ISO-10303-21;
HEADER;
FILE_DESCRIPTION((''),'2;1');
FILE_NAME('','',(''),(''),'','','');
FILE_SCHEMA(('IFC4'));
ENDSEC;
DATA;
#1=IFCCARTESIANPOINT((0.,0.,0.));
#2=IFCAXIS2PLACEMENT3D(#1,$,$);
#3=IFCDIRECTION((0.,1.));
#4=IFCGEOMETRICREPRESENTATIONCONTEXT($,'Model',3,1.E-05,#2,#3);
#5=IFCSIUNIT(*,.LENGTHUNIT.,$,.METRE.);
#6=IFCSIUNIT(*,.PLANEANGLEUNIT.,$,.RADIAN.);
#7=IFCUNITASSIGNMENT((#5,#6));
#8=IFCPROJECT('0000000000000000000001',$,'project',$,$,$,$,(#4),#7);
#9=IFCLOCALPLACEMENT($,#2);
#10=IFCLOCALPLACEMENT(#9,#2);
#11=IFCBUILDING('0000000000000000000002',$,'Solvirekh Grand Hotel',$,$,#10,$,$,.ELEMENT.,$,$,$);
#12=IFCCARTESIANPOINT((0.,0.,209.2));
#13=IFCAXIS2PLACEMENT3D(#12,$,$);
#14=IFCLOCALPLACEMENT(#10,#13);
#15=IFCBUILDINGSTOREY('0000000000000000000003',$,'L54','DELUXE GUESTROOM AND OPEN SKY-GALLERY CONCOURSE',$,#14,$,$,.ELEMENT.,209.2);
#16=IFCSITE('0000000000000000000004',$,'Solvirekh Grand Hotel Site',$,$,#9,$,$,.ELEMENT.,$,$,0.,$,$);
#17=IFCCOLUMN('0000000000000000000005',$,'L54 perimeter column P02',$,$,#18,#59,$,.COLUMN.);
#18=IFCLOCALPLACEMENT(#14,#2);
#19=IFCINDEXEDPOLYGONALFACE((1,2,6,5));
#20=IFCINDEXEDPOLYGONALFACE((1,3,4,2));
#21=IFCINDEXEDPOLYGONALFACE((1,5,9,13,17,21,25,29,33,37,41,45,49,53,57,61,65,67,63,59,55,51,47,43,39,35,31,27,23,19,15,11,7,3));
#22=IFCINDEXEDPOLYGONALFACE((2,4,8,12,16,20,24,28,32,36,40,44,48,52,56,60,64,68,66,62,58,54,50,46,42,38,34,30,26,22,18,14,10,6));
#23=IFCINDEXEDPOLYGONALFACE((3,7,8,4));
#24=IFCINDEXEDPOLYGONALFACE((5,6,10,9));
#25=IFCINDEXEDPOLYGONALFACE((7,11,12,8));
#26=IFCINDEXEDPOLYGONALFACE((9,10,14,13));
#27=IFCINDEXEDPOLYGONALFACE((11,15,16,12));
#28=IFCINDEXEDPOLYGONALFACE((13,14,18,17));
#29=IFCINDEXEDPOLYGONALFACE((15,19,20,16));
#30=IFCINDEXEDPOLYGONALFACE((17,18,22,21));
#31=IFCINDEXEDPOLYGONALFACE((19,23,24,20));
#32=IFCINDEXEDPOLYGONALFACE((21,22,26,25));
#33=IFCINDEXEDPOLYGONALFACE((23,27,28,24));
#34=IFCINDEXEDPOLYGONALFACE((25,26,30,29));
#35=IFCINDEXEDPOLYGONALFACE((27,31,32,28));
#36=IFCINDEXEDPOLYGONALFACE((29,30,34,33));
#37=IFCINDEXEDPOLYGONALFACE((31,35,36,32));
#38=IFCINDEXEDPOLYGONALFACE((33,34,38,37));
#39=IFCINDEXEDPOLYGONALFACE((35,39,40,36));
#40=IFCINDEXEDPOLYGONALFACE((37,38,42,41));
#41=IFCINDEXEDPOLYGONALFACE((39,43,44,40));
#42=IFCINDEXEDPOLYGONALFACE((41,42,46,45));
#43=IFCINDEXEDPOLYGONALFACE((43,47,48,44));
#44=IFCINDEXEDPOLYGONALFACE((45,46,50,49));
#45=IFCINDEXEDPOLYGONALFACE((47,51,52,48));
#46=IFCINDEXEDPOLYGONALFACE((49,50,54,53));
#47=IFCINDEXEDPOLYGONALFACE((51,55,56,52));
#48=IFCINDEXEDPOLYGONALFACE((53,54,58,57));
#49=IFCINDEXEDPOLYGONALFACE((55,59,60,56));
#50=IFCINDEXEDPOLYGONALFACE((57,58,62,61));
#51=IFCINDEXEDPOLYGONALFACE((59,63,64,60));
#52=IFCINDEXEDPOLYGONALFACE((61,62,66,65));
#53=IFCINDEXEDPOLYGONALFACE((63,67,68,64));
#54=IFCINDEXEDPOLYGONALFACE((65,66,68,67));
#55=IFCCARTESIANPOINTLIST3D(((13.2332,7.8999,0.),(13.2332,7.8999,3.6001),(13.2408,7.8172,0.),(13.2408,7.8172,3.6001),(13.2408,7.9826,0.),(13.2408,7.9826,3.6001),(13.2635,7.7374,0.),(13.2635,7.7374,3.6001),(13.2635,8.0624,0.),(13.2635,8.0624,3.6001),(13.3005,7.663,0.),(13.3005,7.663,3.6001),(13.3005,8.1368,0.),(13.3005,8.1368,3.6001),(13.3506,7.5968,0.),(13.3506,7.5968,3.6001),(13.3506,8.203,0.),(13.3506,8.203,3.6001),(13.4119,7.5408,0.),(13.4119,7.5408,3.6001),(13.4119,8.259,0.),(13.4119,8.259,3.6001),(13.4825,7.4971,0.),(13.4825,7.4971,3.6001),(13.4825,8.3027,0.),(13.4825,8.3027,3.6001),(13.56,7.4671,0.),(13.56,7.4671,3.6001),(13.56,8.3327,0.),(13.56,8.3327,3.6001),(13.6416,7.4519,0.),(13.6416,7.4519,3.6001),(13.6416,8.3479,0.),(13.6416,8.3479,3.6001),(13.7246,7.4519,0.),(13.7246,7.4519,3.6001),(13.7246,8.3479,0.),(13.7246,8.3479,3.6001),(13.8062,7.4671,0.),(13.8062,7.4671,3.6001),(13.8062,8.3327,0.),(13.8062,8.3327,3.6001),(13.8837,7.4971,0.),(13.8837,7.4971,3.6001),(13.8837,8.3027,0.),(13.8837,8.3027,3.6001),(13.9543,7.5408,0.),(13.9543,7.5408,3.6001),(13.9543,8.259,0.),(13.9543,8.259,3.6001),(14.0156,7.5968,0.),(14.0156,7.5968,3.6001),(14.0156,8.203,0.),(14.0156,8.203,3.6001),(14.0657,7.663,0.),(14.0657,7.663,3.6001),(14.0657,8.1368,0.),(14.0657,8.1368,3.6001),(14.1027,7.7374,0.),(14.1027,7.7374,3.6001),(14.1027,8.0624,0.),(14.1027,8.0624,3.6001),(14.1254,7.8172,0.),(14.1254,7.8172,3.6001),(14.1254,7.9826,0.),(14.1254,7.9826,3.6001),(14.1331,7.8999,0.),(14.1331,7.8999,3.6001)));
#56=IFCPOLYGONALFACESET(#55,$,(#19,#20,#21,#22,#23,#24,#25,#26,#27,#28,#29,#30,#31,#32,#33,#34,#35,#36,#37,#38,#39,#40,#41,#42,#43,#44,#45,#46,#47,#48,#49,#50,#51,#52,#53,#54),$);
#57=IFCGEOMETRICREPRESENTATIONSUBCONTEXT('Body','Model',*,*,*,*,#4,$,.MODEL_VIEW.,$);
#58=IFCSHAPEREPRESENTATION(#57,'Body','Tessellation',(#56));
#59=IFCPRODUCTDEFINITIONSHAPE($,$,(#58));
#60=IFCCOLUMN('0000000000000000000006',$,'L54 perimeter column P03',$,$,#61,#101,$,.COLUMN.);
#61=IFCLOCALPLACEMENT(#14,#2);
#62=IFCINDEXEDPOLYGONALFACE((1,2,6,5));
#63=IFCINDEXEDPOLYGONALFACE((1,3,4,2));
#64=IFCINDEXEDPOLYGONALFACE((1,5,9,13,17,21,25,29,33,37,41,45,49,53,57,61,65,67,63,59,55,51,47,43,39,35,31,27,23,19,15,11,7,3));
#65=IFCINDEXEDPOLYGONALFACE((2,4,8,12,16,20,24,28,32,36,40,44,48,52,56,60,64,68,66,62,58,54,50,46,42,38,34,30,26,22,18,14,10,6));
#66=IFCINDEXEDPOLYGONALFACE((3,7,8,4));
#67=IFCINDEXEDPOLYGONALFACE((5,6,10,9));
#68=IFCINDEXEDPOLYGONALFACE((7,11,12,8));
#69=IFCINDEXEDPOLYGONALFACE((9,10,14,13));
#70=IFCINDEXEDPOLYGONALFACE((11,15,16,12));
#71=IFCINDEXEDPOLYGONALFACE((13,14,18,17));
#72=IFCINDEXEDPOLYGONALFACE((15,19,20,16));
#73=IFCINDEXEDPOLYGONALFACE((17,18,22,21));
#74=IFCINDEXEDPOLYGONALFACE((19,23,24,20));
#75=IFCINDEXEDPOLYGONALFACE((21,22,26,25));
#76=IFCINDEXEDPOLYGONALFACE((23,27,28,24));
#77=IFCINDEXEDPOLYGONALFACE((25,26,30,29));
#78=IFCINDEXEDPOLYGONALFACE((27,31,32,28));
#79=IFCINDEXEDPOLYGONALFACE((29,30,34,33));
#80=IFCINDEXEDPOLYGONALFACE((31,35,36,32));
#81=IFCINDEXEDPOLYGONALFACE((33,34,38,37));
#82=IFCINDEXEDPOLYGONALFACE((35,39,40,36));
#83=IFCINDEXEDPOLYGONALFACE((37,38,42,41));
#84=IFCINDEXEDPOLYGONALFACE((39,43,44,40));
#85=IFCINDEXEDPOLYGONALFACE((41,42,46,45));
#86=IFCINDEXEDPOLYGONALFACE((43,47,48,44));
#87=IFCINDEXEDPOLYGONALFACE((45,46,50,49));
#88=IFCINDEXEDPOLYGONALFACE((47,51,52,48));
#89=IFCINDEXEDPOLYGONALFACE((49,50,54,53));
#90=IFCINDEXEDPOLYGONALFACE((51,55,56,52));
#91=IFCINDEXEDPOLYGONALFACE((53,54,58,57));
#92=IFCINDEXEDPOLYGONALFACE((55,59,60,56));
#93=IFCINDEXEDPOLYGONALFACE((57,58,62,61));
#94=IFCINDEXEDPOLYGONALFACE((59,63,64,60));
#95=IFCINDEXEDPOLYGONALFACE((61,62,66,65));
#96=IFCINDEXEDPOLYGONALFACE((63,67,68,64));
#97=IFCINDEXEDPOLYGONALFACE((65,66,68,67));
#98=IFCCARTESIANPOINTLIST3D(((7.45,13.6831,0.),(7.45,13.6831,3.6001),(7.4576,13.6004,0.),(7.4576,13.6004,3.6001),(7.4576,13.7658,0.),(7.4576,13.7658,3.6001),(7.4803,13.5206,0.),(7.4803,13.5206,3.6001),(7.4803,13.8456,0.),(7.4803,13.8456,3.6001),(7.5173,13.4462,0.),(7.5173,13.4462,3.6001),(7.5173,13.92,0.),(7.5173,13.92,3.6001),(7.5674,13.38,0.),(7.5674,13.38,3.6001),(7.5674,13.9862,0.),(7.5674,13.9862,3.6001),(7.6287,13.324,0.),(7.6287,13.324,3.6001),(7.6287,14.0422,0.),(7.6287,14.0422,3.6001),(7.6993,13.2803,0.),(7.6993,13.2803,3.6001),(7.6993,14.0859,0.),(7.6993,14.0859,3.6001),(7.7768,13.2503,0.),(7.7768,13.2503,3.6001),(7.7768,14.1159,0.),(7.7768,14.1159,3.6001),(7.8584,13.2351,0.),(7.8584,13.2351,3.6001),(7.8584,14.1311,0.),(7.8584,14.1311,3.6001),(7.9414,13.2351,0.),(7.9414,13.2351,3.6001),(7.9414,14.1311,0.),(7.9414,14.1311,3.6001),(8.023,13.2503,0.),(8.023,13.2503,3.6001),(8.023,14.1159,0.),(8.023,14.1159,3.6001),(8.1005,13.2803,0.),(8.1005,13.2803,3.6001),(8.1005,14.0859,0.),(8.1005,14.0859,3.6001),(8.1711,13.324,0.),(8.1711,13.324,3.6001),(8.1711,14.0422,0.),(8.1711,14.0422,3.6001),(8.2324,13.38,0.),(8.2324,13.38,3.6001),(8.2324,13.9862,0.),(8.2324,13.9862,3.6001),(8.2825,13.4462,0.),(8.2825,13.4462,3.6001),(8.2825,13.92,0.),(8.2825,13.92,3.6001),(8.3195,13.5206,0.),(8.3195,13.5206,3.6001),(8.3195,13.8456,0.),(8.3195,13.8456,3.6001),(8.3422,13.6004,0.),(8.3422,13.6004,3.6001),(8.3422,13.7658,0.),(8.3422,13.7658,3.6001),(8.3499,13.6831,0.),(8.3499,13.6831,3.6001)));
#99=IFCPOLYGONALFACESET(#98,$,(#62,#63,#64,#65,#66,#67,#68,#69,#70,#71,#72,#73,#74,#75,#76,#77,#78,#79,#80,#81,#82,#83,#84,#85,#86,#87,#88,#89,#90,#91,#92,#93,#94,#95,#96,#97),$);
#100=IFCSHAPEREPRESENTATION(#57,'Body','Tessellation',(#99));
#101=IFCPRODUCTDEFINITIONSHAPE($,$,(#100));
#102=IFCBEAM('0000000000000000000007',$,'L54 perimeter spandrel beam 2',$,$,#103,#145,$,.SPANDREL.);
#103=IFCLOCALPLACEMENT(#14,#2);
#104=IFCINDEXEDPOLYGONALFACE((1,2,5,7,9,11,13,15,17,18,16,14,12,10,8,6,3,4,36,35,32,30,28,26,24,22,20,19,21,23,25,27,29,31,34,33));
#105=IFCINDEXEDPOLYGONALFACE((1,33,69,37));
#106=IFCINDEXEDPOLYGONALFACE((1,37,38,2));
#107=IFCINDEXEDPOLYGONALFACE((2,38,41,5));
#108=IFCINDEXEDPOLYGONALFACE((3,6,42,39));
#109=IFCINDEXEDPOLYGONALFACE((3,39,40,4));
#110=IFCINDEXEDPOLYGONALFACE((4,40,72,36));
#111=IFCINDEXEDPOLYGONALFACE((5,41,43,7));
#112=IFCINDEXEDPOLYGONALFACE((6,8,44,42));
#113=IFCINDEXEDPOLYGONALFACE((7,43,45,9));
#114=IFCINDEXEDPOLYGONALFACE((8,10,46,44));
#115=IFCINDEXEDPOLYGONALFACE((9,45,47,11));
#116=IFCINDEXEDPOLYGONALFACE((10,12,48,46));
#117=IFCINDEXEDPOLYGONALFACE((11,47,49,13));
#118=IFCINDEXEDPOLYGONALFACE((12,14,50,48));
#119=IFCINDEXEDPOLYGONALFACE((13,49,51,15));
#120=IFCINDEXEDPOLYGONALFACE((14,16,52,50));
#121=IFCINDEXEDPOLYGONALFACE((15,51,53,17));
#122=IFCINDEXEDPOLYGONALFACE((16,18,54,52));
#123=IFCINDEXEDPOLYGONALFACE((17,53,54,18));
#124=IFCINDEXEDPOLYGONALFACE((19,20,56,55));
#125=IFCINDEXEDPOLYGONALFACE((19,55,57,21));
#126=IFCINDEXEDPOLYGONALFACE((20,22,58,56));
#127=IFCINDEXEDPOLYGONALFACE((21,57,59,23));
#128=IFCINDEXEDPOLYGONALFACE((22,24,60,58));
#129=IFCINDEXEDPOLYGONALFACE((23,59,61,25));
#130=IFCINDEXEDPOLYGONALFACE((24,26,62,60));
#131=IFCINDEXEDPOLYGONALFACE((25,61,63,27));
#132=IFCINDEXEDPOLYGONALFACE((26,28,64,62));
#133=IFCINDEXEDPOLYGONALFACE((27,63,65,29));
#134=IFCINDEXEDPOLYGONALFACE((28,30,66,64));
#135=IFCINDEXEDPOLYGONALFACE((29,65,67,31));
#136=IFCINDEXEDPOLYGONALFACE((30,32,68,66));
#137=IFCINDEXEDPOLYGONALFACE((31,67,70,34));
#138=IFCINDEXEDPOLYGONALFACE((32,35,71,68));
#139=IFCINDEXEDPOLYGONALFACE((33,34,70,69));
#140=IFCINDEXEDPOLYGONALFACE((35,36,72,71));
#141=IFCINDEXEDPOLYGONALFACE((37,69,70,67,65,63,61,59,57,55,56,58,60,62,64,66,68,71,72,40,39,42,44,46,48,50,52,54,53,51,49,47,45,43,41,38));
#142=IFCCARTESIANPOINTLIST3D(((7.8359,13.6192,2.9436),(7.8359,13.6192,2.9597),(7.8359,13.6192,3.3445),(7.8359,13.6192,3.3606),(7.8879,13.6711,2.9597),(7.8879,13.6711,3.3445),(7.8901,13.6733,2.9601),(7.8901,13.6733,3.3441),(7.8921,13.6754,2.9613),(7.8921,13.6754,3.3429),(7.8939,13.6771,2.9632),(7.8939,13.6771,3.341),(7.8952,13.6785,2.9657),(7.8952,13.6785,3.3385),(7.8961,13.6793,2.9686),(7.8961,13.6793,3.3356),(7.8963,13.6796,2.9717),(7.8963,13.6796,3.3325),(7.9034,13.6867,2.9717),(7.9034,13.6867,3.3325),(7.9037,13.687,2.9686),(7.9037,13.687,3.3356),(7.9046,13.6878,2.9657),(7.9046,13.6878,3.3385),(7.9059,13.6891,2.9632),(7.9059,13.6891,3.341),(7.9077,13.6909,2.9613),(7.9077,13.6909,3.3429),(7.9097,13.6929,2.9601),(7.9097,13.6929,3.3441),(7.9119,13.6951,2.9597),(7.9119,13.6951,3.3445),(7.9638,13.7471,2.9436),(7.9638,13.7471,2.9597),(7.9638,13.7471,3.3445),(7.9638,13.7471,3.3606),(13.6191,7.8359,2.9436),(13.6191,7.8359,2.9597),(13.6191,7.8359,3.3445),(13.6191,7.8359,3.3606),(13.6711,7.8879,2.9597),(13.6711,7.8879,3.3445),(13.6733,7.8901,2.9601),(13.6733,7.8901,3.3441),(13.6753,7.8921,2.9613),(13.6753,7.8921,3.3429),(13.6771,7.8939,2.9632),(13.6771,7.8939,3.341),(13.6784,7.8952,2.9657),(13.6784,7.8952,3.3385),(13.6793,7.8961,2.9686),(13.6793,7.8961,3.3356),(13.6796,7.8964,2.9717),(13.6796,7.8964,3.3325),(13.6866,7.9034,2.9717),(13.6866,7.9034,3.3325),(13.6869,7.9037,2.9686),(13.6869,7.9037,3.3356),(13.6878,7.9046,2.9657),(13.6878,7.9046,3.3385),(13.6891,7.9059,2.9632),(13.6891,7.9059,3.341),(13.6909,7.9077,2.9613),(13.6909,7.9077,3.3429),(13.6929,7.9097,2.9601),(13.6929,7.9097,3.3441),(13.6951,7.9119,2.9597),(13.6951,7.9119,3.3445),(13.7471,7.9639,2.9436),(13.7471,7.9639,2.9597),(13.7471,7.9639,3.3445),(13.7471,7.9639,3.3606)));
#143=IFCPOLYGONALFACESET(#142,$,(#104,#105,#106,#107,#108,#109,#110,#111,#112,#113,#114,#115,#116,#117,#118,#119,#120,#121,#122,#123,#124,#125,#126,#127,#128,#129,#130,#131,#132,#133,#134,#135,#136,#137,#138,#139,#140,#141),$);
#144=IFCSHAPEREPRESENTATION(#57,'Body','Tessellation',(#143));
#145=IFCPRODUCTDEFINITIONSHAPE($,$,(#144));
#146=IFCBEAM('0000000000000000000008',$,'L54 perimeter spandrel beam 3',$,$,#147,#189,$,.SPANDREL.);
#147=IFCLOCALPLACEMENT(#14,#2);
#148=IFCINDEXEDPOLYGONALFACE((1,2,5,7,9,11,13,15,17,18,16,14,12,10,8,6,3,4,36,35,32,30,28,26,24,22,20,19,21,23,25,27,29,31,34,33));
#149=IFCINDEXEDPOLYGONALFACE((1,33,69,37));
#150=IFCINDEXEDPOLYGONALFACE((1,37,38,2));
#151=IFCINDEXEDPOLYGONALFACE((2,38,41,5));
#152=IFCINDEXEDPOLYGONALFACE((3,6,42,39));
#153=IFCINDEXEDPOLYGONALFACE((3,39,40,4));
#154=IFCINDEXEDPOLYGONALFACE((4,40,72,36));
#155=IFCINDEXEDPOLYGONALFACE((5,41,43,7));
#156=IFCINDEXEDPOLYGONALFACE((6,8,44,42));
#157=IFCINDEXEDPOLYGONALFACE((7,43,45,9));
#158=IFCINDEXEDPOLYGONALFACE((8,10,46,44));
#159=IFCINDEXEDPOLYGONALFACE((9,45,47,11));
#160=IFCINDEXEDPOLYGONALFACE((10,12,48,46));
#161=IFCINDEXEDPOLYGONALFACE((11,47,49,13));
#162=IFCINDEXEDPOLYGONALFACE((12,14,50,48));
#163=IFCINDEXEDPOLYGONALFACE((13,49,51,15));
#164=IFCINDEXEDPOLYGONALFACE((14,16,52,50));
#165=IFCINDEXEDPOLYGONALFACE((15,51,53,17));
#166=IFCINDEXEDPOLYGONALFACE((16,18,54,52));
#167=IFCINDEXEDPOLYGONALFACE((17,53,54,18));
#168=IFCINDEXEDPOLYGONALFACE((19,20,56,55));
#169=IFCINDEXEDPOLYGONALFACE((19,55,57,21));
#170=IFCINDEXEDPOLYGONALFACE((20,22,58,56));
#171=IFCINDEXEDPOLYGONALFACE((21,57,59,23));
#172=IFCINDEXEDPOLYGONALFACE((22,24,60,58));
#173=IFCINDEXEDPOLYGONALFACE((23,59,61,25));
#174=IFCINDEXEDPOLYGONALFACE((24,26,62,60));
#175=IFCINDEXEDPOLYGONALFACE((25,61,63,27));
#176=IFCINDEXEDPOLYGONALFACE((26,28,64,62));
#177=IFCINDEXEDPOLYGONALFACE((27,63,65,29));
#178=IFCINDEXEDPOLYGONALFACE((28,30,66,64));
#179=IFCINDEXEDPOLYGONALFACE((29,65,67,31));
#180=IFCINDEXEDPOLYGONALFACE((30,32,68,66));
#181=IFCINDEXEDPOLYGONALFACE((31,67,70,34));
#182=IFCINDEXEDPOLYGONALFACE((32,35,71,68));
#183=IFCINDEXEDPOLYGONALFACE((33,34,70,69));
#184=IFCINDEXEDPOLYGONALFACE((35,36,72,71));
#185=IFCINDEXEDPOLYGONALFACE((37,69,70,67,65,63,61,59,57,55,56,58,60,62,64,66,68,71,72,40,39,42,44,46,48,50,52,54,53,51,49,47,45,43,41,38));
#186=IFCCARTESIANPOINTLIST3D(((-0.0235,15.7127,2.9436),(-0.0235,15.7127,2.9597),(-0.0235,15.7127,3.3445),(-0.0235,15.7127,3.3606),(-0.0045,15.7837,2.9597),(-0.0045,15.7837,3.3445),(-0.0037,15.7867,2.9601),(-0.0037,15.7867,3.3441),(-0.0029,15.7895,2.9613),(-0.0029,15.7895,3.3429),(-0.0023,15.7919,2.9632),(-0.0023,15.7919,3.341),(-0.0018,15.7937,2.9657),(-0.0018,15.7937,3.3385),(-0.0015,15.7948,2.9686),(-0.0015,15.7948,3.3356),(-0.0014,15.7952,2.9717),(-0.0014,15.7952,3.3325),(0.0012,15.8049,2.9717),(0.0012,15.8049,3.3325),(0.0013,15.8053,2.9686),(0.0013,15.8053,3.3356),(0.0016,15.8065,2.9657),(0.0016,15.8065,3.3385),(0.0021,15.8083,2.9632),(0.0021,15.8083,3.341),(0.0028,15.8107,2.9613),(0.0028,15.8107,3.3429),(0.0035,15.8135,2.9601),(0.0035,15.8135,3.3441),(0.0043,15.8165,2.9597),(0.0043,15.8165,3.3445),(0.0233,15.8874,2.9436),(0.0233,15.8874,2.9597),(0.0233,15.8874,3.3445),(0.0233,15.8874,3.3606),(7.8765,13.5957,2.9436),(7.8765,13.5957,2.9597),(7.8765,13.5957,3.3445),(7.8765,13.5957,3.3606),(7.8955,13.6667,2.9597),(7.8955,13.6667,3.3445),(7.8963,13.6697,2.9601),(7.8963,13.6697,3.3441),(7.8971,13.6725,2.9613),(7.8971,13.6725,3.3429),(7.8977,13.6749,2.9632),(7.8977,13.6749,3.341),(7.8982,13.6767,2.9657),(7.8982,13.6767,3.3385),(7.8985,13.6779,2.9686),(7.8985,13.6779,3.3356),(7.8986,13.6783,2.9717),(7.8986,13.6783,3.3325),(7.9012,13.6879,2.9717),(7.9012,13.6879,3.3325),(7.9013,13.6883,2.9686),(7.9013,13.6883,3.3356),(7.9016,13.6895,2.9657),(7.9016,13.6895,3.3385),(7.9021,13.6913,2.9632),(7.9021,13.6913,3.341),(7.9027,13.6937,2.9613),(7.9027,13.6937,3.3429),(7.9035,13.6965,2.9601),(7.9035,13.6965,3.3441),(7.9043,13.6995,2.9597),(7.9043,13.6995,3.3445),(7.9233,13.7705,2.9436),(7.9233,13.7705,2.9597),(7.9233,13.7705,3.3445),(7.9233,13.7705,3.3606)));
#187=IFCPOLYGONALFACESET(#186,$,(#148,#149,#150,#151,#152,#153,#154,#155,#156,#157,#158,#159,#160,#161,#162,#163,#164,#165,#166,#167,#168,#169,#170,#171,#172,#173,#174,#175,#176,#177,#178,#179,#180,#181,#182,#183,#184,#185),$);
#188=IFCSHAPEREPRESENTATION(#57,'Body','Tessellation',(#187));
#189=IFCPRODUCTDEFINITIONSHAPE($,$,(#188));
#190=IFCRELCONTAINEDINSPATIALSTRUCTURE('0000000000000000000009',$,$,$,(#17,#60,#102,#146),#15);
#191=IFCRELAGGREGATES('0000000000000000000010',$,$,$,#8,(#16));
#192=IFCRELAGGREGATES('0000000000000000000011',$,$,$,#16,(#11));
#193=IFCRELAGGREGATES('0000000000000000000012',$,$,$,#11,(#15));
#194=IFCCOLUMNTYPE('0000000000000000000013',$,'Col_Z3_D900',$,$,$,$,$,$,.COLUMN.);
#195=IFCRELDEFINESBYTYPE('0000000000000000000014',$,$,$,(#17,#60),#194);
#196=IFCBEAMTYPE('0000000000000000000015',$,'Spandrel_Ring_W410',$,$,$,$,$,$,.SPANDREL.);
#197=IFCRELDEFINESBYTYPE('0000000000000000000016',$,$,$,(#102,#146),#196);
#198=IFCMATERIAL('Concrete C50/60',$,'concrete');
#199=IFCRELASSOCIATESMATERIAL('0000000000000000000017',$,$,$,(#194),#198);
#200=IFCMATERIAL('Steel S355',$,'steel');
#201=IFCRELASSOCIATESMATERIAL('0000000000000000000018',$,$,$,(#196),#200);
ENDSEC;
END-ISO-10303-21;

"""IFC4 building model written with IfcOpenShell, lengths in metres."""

from ifc_helpers import new_model, si_unit, direction, frame, origin, origin_2d, place, context, subcontext, project, spatial, circle, i_section, extrude, material, material_profile, profile_set, type_object, element, save


model = new_model("IFC4")

# Units and contexts
model_context = context("Model", 3, precision=1e-05, world=origin(), true_north=direction((0.0, 1.0)))
body_context = subcontext(model_context, "Body", "Model", "MODEL_VIEW")
ifc_project = project(units=[si_unit("LENGTHUNIT", "METRE"), si_unit("PLANEANGLEUNIT", "RADIAN")], contexts=[model_context])

# Site, building, storey
site_placement = place(None, origin())
site = spatial("IfcSite", under=ifc_project, at=site_placement, Name="Solvirekh Grand Hotel Site", CompositionType="ELEMENT", RefElevation=0.0)
building_placement = place(site_placement, origin())
building = spatial("IfcBuilding", under=site, at=building_placement, Name="Solvirekh Grand Hotel", CompositionType="ELEMENT")
storey_placement = place(building_placement, frame((0.0, 0.0, 209.2)))
storey = spatial("IfcBuildingStorey", under=building, at=storey_placement, Name="L54", Description="DELUXE GUESTROOM AND OPEN SKY-GALLERY CONCOURSE", CompositionType="ELEMENT", Elevation=209.2)

# Columns
ifc_material_1 = material(Name="Concrete C50/60", Category="concrete")
ifc_material_profile_1 = material_profile(ifc_material_1, circle(Radius=0.45, at=origin_2d()), Name="RC CIRC D900")
ifc_profile_set_1 = profile_set([ifc_material_profile_1], Name="Concrete C50/60")
column_type = type_object("IfcColumnType", Name="Col_Z3_D900", PredefinedType="COLUMN", material=ifc_profile_set_1)
for number, where, z_axis, x_axis, name in (
    (1, (13.6831, 7.8999, 0.0), (0.0, 0.0, 1.0), (1.0, 0.0, 0.0), "L54 perimeter column P02"),
    (2, (7.8999, 13.6831, 0.0), (0.0, 0.0, 1.0), (1.0, 0.0, 0.0), "L54 perimeter column P03"),
):
    element("IfcColumn", number, at=place(storey_placement, frame(where, z_axis=z_axis, x_axis=x_axis)), inside=storey, type_object=column_type, Name=name, PredefinedType="COLUMN", context=body_context, shape_type="SweptSolid", body=[
        extrude(circle(Radius=0.45, at=origin_2d()), origin(), (0.0, 0.0, 1.0), 3.6001),
    ])

# Beams
ifc_material_2 = material(Name="Steel S355", Category="steel")
ifc_material_profile_2 = material_profile(ifc_material_2, i_section(OverallWidth=0.1809, OverallDepth=0.417, WebThickness=0.01, FlangeThickness=0.0161, FilletRadius=0.012, at=origin_2d()), Name="W410X85")
ifc_profile_set_2 = profile_set([ifc_material_profile_2], Name="Steel S355")
beam_type = type_object("IfcBeamType", Name="Spandrel_Ring_W410", PredefinedType="SPANDREL", material=ifc_profile_set_2)
for number, where, z_axis, x_axis, name in (
    (3, (13.6831, 7.8999, 3.1521), (-0.707107, 0.707107, 0.0), (-0.707107, -0.707107, 0.0), "L54 perimeter spandrel beam 2"),
    (4, (7.8999, 13.6831, 3.1521), (-0.965921, 0.258839, 0.0), (-0.258839, -0.965921, 0.0), "L54 perimeter spandrel beam 3"),
):
    element("IfcBeam", number, at=place(storey_placement, frame(where, z_axis=z_axis, x_axis=x_axis)), inside=storey, type_object=beam_type, Name=name, PredefinedType="SPANDREL", context=body_context, shape_type="SweptSolid", body=[
        extrude(i_section(OverallWidth=0.1809, OverallDepth=0.417, WebThickness=0.01, FlangeThickness=0.0161, FilletRadius=0.012, at=origin_2d()), origin(), (0.0, 0.0, 1.0), 8.1787),
    ])

save(model, "model.ifc")
